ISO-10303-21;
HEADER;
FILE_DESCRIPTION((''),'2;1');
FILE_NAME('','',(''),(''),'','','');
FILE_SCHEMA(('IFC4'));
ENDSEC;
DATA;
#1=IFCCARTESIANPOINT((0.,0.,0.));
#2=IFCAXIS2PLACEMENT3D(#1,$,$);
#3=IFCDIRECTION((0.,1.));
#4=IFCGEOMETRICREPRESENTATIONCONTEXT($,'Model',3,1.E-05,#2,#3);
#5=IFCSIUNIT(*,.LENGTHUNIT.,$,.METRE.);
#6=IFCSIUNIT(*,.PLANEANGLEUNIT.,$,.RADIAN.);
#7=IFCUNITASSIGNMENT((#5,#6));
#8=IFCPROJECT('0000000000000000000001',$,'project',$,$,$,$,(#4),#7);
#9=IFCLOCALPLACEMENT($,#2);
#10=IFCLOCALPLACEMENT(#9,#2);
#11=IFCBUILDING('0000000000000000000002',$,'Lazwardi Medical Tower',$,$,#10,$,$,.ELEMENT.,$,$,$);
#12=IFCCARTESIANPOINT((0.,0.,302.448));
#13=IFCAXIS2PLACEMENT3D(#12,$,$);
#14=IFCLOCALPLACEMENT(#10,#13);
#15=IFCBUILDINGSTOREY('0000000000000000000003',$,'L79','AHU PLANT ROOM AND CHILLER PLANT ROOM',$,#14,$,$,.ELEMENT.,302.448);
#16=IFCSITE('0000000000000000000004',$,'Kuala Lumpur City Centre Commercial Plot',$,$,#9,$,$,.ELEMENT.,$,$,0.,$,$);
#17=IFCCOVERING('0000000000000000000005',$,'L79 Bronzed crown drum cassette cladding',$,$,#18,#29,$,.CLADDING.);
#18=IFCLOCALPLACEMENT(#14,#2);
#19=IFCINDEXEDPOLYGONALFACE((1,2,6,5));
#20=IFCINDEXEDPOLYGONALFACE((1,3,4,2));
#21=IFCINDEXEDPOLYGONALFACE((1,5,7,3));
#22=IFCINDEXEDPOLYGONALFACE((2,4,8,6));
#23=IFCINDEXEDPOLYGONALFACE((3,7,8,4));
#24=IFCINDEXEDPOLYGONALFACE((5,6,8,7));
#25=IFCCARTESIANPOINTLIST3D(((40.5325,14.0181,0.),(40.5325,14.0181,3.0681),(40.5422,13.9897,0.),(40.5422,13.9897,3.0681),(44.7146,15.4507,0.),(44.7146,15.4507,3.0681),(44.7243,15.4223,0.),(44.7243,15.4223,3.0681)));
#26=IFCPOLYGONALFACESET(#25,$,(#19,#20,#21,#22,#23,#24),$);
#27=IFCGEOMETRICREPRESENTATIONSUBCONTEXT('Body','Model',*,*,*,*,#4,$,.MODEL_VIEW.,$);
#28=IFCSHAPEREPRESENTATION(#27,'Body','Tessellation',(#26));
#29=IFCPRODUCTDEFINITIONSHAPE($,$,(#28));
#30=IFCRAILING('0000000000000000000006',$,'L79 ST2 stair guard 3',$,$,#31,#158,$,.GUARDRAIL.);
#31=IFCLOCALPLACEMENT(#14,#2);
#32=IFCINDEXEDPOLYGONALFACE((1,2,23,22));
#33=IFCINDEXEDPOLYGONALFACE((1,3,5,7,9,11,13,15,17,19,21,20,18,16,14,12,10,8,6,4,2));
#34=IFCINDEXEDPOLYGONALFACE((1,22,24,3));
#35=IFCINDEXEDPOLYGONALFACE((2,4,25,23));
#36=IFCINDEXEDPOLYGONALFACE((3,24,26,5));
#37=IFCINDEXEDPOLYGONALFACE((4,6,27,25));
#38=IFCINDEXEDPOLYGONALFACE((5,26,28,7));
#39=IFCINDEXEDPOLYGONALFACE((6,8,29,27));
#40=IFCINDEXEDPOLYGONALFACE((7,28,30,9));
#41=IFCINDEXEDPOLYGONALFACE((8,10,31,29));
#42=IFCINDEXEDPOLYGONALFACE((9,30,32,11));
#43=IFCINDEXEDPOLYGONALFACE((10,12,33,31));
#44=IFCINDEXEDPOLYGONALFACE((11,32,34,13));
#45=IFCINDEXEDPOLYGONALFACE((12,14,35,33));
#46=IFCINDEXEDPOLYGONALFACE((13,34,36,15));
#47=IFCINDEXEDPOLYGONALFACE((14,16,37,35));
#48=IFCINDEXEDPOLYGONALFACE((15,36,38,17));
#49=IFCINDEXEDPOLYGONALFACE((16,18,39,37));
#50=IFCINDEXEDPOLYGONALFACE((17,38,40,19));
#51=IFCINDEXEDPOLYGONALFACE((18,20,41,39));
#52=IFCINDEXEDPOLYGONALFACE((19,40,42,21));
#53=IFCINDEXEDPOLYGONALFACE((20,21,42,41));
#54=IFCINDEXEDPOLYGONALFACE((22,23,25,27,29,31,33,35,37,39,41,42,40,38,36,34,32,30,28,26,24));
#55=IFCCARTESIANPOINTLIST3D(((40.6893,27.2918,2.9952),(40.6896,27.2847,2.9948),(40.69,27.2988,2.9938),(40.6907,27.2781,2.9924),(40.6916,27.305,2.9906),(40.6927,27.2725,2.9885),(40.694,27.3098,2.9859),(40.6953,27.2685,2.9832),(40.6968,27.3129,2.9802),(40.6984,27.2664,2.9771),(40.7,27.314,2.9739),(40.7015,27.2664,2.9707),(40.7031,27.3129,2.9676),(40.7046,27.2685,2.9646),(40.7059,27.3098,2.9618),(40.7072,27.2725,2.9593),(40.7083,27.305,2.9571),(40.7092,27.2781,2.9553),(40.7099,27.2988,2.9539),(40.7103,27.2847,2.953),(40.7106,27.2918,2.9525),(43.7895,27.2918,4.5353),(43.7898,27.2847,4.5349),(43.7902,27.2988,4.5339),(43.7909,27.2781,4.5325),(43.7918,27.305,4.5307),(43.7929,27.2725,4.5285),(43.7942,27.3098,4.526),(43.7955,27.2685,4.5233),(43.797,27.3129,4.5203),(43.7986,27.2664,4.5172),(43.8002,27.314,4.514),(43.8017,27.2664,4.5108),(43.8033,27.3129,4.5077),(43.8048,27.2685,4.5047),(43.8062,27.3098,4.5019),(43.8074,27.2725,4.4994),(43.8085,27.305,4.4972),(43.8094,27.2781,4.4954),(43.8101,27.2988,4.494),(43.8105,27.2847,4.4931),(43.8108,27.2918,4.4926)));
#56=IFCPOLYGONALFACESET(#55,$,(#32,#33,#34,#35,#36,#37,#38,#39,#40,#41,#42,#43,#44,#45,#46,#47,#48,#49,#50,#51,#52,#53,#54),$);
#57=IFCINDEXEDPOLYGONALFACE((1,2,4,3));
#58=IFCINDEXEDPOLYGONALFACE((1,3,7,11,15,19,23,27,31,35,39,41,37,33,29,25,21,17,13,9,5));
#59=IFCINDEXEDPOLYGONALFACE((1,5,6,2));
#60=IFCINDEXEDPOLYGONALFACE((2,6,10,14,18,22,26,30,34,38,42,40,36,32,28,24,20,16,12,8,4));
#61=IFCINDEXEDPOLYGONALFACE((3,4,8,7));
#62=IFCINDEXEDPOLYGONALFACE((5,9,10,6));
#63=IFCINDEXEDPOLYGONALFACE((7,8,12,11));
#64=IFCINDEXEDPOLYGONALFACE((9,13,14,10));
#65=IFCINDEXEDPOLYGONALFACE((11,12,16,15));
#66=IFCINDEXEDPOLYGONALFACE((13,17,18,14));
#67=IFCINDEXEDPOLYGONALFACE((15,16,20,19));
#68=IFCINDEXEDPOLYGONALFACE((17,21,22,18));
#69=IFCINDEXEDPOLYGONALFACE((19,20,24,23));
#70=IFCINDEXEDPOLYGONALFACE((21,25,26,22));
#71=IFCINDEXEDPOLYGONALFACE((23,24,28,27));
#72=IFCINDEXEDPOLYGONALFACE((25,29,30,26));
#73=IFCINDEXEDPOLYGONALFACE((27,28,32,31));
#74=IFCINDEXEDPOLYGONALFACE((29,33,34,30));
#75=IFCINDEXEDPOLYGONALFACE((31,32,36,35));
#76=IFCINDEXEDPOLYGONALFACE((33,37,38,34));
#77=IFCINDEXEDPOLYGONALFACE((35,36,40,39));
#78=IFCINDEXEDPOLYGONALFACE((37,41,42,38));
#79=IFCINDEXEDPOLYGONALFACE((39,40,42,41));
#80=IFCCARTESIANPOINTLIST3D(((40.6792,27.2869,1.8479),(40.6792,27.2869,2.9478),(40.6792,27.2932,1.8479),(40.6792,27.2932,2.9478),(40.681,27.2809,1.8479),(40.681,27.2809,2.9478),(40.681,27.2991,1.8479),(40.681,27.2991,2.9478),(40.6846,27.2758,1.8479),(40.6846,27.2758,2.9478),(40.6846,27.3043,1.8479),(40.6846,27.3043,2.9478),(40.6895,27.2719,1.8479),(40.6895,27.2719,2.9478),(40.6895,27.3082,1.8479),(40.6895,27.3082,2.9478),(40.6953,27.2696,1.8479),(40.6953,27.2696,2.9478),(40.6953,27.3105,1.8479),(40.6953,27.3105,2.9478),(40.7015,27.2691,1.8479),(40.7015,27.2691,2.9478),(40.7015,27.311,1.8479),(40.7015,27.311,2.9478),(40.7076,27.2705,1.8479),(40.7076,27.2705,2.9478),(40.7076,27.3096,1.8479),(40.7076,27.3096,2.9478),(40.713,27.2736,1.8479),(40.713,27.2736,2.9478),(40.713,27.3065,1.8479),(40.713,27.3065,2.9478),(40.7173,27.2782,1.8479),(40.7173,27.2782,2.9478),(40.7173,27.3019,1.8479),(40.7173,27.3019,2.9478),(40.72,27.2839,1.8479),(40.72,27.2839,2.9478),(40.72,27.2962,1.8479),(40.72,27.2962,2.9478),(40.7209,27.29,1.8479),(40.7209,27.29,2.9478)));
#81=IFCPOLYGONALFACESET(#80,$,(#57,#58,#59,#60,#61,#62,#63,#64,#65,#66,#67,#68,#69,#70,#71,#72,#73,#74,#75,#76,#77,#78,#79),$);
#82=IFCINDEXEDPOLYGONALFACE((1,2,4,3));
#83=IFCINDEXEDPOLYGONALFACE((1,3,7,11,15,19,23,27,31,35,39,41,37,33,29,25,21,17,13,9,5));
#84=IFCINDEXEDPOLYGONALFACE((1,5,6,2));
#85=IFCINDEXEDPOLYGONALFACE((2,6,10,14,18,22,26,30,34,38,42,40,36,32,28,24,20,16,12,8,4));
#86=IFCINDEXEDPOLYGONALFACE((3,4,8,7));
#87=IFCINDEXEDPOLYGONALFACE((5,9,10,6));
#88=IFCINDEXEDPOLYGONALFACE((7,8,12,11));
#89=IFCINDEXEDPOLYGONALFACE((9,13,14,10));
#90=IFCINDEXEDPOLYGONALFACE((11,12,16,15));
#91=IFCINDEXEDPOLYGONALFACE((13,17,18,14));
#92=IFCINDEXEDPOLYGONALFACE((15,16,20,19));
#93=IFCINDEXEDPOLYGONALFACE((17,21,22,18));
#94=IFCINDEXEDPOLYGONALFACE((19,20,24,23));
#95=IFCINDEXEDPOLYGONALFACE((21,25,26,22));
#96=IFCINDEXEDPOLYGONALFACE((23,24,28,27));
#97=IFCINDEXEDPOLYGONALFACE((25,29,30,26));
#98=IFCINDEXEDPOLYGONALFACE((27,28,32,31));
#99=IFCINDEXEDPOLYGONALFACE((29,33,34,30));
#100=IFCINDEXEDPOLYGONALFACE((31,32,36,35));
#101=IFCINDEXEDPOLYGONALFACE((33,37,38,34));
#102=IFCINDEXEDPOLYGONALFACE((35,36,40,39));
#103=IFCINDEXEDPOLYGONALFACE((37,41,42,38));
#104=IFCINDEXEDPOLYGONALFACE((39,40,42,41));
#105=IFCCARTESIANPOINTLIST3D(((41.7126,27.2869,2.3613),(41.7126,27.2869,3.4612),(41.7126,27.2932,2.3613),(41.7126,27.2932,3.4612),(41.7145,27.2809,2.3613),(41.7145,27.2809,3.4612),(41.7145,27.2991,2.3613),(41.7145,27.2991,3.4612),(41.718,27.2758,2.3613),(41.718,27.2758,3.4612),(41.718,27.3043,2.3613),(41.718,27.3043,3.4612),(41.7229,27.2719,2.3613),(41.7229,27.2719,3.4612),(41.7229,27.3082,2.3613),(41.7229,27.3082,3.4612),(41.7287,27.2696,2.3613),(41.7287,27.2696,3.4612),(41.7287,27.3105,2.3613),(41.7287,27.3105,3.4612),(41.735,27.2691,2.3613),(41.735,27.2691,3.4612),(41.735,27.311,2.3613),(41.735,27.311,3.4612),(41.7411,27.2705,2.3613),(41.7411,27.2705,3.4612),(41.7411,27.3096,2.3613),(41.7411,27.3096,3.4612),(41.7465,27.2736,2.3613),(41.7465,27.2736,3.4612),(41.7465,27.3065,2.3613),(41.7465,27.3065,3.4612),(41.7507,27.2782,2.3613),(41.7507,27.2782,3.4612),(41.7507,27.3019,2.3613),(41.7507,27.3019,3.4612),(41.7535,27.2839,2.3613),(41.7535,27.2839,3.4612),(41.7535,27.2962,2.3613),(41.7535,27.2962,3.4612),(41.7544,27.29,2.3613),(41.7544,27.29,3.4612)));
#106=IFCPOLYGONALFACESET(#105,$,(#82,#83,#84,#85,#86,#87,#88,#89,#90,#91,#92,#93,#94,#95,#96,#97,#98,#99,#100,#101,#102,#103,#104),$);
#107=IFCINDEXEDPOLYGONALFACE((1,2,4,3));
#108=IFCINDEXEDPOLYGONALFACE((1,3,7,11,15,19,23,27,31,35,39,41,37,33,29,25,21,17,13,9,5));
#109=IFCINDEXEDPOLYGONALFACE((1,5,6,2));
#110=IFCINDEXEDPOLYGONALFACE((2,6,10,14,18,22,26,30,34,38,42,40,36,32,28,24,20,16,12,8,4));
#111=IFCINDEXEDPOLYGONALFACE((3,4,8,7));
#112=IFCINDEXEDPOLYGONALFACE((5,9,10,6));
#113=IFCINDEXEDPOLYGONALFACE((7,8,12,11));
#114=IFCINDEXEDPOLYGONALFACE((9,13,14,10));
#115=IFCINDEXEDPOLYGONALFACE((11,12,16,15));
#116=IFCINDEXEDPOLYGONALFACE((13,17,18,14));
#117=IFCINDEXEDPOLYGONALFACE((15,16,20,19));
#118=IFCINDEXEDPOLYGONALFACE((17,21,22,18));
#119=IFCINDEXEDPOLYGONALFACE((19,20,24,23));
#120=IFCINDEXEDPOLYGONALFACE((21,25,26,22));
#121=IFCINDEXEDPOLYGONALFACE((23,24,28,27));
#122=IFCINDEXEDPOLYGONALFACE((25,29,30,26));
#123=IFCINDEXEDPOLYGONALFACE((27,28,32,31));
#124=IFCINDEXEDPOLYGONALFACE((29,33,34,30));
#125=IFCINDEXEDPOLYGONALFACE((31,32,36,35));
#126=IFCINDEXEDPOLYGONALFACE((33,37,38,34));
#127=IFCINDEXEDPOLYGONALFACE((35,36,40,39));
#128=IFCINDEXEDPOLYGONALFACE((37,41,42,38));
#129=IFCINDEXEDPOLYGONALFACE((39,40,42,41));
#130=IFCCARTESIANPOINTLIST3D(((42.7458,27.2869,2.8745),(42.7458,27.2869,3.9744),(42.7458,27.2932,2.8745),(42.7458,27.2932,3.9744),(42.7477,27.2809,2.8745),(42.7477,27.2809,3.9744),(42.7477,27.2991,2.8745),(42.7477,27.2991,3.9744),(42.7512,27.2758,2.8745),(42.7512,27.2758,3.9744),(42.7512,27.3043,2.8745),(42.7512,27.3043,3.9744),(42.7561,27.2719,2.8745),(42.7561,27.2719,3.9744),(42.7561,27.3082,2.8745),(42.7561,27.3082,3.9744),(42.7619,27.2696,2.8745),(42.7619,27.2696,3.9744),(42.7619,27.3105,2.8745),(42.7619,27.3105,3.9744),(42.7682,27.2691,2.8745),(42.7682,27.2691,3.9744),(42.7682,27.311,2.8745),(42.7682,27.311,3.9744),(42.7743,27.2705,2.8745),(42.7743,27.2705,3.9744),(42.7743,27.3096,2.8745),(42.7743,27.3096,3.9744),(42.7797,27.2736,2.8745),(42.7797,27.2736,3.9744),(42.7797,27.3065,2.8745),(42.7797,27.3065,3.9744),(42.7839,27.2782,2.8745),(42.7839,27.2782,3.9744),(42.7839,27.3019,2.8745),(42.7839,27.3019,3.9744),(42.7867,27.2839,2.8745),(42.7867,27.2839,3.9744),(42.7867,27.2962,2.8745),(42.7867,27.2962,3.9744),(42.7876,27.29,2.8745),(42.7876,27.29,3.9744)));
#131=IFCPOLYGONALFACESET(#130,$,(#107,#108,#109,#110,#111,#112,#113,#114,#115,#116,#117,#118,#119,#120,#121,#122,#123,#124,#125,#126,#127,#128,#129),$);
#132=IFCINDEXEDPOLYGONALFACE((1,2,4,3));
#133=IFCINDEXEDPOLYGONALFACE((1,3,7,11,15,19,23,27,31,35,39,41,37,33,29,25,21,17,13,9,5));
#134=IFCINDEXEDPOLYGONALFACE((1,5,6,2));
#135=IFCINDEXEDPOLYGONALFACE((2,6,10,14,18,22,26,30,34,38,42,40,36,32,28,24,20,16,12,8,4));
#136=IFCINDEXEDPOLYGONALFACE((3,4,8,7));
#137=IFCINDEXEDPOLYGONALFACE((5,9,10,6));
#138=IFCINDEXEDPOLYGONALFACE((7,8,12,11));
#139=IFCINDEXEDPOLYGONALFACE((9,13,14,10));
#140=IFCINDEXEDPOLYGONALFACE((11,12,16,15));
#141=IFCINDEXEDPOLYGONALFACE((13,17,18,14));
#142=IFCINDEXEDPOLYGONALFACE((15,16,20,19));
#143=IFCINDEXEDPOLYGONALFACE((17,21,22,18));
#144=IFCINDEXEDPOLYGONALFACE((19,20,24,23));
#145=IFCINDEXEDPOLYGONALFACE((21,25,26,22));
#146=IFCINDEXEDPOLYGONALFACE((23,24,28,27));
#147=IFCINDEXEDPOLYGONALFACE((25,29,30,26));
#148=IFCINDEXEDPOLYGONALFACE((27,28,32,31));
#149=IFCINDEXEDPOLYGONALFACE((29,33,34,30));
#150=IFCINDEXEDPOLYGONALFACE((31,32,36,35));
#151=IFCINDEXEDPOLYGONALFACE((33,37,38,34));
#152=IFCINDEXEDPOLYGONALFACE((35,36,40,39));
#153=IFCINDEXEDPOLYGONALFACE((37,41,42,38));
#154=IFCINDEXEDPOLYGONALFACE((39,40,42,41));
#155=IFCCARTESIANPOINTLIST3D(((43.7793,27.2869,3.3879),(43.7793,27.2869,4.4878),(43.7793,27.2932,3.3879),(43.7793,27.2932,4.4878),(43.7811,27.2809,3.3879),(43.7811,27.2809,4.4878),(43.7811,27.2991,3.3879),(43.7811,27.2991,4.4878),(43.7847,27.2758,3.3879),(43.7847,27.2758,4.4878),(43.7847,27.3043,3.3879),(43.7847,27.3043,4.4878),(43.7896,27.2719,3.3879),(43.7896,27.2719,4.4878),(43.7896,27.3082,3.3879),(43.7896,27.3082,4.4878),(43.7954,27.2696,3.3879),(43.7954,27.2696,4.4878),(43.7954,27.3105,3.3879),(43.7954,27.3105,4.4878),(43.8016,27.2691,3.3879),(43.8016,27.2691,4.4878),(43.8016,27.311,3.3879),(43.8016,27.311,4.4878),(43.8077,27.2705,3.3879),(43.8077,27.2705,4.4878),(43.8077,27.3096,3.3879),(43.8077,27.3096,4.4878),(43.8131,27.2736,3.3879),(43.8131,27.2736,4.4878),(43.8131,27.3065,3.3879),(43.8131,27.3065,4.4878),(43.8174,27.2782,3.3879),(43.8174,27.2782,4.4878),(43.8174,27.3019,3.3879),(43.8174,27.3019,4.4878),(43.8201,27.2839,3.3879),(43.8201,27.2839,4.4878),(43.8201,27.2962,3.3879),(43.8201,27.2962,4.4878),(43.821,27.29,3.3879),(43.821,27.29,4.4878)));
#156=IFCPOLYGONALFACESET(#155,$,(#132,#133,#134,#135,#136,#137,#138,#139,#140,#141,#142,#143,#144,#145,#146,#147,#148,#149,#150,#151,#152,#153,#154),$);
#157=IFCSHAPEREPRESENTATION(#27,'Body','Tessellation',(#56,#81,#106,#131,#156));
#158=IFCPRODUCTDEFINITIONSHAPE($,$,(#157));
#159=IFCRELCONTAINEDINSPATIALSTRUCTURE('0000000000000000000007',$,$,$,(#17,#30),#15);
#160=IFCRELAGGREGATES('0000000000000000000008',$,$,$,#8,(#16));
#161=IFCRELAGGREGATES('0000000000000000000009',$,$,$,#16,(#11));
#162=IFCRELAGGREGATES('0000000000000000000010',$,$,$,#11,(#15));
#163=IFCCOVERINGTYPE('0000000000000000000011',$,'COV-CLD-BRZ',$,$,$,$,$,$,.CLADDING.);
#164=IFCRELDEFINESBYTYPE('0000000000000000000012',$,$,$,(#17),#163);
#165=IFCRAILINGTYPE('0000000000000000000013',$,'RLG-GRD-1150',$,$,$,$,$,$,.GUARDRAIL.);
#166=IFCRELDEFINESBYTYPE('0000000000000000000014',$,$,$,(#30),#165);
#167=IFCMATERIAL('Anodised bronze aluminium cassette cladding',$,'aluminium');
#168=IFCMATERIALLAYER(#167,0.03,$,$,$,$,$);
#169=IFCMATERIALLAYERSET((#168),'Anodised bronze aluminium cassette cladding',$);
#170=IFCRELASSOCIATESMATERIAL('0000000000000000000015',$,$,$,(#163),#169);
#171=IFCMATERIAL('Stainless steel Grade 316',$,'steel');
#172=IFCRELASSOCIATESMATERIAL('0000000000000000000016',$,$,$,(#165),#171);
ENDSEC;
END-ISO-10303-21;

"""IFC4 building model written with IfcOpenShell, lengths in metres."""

from ifc_helpers import new_model, si_unit, direction, frame, origin, origin_2d, place, context, subcontext, project, spatial, rectangle, circle, extrude, material, layer, layer_set, type_object, element, save


model = new_model("IFC4")

# Units and contexts
model_context = context("Model", 3, precision=1e-05, world=origin(), true_north=direction((0.0, 1.0)))
body_context = subcontext(model_context, "Body", "Model", "MODEL_VIEW")
ifc_project = project(units=[si_unit("LENGTHUNIT", "METRE"), si_unit("PLANEANGLEUNIT", "RADIAN")], contexts=[model_context])

# Site, building, storey
site_placement = place(None, origin())
site = spatial("IfcSite", under=ifc_project, at=site_placement, Name="Kuala Lumpur City Centre Commercial Plot", CompositionType="ELEMENT", RefElevation=0.0)
building_placement = place(site_placement, origin())
building = spatial("IfcBuilding", under=site, at=building_placement, Name="Lazwardi Medical Tower", CompositionType="ELEMENT")
storey_placement = place(building_placement, frame((0.0, 0.0, 302.448)))
storey = spatial("IfcBuildingStorey", under=building, at=storey_placement, Name="L79", Description="AHU PLANT ROOM AND CHILLER PLANT ROOM", CompositionType="ELEMENT", Elevation=302.448)

# Covering
ifc_material_1 = material(Name="Anodised bronze aluminium cassette cladding", Category="aluminium")
ifc_layer_1 = layer(ifc_material_1, 0.03)
ifc_layer_set_1 = layer_set([ifc_layer_1], Name="Anodised bronze aluminium cassette cladding")
covering_type = type_object("IfcCoveringType", Name="COV-CLD-BRZ", PredefinedType="CLADDING", material=ifc_layer_set_1)
covering_1_placement = place(storey_placement, frame((42.6284, 14.7202, 0.0), z_axis=(0.0, 0.0, 1.0), x_axis=(0.946033, 0.324069, 0.0)))
element("IfcCovering", 1, at=covering_1_placement, inside=storey, type_object=covering_type, Name="L79 Bronzed crown drum cassette cladding", PredefinedType="CLADDING", context=body_context, shape_type="SweptSolid", body=[
    extrude(rectangle(XDim=4.4207, YDim=0.03, at=origin_2d()), origin(), (0.0, 0.0, 1.0), 3.0681),
])

# Railing
ifc_material_2 = material(Name="Stainless steel Grade 316", Category="steel")
railing_type_1 = type_object("IfcRailingType", Name="RLG-GRD-1150", PredefinedType="GUARDRAIL", material=ifc_material_2)
railing_1_placement = place(storey_placement, frame((40.7, 27.29, 1.8479)))
element("IfcRailing", 2, at=railing_1_placement, inside=storey, type_object=railing_type_1, Name="L79 ST2 stair guard 3", PredefinedType="GUARDRAIL", context=body_context, shape_type="SweptSolid", body=[
    extrude(circle(Radius=0.0239, at=origin_2d()), frame((0.0, 0.0, 1.126), z_axis=(0.895581, 0.0, 0.444899), x_axis=(0.0, 1.0, 0.0)), (0.0, 0.0, 1.0), 3.4617),
    extrude(circle(Radius=0.021, at=origin_2d()), origin(), (0.0, 0.0, 1.0), 1.0999),
    extrude(circle(Radius=0.021, at=origin_2d()), frame((1.0334, 0.0, 0.5134)), (0.0, 0.0, 1.0), 1.0999),
    extrude(circle(Radius=0.021, at=origin_2d()), frame((2.0667, 0.0, 1.0266)), (0.0, 0.0, 1.0), 1.0999),
    extrude(circle(Radius=0.021, at=origin_2d()), frame((3.1001, 0.0, 1.54)), (0.0, 0.0, 1.0), 1.0999),
])

save(model, "model.ifc")
